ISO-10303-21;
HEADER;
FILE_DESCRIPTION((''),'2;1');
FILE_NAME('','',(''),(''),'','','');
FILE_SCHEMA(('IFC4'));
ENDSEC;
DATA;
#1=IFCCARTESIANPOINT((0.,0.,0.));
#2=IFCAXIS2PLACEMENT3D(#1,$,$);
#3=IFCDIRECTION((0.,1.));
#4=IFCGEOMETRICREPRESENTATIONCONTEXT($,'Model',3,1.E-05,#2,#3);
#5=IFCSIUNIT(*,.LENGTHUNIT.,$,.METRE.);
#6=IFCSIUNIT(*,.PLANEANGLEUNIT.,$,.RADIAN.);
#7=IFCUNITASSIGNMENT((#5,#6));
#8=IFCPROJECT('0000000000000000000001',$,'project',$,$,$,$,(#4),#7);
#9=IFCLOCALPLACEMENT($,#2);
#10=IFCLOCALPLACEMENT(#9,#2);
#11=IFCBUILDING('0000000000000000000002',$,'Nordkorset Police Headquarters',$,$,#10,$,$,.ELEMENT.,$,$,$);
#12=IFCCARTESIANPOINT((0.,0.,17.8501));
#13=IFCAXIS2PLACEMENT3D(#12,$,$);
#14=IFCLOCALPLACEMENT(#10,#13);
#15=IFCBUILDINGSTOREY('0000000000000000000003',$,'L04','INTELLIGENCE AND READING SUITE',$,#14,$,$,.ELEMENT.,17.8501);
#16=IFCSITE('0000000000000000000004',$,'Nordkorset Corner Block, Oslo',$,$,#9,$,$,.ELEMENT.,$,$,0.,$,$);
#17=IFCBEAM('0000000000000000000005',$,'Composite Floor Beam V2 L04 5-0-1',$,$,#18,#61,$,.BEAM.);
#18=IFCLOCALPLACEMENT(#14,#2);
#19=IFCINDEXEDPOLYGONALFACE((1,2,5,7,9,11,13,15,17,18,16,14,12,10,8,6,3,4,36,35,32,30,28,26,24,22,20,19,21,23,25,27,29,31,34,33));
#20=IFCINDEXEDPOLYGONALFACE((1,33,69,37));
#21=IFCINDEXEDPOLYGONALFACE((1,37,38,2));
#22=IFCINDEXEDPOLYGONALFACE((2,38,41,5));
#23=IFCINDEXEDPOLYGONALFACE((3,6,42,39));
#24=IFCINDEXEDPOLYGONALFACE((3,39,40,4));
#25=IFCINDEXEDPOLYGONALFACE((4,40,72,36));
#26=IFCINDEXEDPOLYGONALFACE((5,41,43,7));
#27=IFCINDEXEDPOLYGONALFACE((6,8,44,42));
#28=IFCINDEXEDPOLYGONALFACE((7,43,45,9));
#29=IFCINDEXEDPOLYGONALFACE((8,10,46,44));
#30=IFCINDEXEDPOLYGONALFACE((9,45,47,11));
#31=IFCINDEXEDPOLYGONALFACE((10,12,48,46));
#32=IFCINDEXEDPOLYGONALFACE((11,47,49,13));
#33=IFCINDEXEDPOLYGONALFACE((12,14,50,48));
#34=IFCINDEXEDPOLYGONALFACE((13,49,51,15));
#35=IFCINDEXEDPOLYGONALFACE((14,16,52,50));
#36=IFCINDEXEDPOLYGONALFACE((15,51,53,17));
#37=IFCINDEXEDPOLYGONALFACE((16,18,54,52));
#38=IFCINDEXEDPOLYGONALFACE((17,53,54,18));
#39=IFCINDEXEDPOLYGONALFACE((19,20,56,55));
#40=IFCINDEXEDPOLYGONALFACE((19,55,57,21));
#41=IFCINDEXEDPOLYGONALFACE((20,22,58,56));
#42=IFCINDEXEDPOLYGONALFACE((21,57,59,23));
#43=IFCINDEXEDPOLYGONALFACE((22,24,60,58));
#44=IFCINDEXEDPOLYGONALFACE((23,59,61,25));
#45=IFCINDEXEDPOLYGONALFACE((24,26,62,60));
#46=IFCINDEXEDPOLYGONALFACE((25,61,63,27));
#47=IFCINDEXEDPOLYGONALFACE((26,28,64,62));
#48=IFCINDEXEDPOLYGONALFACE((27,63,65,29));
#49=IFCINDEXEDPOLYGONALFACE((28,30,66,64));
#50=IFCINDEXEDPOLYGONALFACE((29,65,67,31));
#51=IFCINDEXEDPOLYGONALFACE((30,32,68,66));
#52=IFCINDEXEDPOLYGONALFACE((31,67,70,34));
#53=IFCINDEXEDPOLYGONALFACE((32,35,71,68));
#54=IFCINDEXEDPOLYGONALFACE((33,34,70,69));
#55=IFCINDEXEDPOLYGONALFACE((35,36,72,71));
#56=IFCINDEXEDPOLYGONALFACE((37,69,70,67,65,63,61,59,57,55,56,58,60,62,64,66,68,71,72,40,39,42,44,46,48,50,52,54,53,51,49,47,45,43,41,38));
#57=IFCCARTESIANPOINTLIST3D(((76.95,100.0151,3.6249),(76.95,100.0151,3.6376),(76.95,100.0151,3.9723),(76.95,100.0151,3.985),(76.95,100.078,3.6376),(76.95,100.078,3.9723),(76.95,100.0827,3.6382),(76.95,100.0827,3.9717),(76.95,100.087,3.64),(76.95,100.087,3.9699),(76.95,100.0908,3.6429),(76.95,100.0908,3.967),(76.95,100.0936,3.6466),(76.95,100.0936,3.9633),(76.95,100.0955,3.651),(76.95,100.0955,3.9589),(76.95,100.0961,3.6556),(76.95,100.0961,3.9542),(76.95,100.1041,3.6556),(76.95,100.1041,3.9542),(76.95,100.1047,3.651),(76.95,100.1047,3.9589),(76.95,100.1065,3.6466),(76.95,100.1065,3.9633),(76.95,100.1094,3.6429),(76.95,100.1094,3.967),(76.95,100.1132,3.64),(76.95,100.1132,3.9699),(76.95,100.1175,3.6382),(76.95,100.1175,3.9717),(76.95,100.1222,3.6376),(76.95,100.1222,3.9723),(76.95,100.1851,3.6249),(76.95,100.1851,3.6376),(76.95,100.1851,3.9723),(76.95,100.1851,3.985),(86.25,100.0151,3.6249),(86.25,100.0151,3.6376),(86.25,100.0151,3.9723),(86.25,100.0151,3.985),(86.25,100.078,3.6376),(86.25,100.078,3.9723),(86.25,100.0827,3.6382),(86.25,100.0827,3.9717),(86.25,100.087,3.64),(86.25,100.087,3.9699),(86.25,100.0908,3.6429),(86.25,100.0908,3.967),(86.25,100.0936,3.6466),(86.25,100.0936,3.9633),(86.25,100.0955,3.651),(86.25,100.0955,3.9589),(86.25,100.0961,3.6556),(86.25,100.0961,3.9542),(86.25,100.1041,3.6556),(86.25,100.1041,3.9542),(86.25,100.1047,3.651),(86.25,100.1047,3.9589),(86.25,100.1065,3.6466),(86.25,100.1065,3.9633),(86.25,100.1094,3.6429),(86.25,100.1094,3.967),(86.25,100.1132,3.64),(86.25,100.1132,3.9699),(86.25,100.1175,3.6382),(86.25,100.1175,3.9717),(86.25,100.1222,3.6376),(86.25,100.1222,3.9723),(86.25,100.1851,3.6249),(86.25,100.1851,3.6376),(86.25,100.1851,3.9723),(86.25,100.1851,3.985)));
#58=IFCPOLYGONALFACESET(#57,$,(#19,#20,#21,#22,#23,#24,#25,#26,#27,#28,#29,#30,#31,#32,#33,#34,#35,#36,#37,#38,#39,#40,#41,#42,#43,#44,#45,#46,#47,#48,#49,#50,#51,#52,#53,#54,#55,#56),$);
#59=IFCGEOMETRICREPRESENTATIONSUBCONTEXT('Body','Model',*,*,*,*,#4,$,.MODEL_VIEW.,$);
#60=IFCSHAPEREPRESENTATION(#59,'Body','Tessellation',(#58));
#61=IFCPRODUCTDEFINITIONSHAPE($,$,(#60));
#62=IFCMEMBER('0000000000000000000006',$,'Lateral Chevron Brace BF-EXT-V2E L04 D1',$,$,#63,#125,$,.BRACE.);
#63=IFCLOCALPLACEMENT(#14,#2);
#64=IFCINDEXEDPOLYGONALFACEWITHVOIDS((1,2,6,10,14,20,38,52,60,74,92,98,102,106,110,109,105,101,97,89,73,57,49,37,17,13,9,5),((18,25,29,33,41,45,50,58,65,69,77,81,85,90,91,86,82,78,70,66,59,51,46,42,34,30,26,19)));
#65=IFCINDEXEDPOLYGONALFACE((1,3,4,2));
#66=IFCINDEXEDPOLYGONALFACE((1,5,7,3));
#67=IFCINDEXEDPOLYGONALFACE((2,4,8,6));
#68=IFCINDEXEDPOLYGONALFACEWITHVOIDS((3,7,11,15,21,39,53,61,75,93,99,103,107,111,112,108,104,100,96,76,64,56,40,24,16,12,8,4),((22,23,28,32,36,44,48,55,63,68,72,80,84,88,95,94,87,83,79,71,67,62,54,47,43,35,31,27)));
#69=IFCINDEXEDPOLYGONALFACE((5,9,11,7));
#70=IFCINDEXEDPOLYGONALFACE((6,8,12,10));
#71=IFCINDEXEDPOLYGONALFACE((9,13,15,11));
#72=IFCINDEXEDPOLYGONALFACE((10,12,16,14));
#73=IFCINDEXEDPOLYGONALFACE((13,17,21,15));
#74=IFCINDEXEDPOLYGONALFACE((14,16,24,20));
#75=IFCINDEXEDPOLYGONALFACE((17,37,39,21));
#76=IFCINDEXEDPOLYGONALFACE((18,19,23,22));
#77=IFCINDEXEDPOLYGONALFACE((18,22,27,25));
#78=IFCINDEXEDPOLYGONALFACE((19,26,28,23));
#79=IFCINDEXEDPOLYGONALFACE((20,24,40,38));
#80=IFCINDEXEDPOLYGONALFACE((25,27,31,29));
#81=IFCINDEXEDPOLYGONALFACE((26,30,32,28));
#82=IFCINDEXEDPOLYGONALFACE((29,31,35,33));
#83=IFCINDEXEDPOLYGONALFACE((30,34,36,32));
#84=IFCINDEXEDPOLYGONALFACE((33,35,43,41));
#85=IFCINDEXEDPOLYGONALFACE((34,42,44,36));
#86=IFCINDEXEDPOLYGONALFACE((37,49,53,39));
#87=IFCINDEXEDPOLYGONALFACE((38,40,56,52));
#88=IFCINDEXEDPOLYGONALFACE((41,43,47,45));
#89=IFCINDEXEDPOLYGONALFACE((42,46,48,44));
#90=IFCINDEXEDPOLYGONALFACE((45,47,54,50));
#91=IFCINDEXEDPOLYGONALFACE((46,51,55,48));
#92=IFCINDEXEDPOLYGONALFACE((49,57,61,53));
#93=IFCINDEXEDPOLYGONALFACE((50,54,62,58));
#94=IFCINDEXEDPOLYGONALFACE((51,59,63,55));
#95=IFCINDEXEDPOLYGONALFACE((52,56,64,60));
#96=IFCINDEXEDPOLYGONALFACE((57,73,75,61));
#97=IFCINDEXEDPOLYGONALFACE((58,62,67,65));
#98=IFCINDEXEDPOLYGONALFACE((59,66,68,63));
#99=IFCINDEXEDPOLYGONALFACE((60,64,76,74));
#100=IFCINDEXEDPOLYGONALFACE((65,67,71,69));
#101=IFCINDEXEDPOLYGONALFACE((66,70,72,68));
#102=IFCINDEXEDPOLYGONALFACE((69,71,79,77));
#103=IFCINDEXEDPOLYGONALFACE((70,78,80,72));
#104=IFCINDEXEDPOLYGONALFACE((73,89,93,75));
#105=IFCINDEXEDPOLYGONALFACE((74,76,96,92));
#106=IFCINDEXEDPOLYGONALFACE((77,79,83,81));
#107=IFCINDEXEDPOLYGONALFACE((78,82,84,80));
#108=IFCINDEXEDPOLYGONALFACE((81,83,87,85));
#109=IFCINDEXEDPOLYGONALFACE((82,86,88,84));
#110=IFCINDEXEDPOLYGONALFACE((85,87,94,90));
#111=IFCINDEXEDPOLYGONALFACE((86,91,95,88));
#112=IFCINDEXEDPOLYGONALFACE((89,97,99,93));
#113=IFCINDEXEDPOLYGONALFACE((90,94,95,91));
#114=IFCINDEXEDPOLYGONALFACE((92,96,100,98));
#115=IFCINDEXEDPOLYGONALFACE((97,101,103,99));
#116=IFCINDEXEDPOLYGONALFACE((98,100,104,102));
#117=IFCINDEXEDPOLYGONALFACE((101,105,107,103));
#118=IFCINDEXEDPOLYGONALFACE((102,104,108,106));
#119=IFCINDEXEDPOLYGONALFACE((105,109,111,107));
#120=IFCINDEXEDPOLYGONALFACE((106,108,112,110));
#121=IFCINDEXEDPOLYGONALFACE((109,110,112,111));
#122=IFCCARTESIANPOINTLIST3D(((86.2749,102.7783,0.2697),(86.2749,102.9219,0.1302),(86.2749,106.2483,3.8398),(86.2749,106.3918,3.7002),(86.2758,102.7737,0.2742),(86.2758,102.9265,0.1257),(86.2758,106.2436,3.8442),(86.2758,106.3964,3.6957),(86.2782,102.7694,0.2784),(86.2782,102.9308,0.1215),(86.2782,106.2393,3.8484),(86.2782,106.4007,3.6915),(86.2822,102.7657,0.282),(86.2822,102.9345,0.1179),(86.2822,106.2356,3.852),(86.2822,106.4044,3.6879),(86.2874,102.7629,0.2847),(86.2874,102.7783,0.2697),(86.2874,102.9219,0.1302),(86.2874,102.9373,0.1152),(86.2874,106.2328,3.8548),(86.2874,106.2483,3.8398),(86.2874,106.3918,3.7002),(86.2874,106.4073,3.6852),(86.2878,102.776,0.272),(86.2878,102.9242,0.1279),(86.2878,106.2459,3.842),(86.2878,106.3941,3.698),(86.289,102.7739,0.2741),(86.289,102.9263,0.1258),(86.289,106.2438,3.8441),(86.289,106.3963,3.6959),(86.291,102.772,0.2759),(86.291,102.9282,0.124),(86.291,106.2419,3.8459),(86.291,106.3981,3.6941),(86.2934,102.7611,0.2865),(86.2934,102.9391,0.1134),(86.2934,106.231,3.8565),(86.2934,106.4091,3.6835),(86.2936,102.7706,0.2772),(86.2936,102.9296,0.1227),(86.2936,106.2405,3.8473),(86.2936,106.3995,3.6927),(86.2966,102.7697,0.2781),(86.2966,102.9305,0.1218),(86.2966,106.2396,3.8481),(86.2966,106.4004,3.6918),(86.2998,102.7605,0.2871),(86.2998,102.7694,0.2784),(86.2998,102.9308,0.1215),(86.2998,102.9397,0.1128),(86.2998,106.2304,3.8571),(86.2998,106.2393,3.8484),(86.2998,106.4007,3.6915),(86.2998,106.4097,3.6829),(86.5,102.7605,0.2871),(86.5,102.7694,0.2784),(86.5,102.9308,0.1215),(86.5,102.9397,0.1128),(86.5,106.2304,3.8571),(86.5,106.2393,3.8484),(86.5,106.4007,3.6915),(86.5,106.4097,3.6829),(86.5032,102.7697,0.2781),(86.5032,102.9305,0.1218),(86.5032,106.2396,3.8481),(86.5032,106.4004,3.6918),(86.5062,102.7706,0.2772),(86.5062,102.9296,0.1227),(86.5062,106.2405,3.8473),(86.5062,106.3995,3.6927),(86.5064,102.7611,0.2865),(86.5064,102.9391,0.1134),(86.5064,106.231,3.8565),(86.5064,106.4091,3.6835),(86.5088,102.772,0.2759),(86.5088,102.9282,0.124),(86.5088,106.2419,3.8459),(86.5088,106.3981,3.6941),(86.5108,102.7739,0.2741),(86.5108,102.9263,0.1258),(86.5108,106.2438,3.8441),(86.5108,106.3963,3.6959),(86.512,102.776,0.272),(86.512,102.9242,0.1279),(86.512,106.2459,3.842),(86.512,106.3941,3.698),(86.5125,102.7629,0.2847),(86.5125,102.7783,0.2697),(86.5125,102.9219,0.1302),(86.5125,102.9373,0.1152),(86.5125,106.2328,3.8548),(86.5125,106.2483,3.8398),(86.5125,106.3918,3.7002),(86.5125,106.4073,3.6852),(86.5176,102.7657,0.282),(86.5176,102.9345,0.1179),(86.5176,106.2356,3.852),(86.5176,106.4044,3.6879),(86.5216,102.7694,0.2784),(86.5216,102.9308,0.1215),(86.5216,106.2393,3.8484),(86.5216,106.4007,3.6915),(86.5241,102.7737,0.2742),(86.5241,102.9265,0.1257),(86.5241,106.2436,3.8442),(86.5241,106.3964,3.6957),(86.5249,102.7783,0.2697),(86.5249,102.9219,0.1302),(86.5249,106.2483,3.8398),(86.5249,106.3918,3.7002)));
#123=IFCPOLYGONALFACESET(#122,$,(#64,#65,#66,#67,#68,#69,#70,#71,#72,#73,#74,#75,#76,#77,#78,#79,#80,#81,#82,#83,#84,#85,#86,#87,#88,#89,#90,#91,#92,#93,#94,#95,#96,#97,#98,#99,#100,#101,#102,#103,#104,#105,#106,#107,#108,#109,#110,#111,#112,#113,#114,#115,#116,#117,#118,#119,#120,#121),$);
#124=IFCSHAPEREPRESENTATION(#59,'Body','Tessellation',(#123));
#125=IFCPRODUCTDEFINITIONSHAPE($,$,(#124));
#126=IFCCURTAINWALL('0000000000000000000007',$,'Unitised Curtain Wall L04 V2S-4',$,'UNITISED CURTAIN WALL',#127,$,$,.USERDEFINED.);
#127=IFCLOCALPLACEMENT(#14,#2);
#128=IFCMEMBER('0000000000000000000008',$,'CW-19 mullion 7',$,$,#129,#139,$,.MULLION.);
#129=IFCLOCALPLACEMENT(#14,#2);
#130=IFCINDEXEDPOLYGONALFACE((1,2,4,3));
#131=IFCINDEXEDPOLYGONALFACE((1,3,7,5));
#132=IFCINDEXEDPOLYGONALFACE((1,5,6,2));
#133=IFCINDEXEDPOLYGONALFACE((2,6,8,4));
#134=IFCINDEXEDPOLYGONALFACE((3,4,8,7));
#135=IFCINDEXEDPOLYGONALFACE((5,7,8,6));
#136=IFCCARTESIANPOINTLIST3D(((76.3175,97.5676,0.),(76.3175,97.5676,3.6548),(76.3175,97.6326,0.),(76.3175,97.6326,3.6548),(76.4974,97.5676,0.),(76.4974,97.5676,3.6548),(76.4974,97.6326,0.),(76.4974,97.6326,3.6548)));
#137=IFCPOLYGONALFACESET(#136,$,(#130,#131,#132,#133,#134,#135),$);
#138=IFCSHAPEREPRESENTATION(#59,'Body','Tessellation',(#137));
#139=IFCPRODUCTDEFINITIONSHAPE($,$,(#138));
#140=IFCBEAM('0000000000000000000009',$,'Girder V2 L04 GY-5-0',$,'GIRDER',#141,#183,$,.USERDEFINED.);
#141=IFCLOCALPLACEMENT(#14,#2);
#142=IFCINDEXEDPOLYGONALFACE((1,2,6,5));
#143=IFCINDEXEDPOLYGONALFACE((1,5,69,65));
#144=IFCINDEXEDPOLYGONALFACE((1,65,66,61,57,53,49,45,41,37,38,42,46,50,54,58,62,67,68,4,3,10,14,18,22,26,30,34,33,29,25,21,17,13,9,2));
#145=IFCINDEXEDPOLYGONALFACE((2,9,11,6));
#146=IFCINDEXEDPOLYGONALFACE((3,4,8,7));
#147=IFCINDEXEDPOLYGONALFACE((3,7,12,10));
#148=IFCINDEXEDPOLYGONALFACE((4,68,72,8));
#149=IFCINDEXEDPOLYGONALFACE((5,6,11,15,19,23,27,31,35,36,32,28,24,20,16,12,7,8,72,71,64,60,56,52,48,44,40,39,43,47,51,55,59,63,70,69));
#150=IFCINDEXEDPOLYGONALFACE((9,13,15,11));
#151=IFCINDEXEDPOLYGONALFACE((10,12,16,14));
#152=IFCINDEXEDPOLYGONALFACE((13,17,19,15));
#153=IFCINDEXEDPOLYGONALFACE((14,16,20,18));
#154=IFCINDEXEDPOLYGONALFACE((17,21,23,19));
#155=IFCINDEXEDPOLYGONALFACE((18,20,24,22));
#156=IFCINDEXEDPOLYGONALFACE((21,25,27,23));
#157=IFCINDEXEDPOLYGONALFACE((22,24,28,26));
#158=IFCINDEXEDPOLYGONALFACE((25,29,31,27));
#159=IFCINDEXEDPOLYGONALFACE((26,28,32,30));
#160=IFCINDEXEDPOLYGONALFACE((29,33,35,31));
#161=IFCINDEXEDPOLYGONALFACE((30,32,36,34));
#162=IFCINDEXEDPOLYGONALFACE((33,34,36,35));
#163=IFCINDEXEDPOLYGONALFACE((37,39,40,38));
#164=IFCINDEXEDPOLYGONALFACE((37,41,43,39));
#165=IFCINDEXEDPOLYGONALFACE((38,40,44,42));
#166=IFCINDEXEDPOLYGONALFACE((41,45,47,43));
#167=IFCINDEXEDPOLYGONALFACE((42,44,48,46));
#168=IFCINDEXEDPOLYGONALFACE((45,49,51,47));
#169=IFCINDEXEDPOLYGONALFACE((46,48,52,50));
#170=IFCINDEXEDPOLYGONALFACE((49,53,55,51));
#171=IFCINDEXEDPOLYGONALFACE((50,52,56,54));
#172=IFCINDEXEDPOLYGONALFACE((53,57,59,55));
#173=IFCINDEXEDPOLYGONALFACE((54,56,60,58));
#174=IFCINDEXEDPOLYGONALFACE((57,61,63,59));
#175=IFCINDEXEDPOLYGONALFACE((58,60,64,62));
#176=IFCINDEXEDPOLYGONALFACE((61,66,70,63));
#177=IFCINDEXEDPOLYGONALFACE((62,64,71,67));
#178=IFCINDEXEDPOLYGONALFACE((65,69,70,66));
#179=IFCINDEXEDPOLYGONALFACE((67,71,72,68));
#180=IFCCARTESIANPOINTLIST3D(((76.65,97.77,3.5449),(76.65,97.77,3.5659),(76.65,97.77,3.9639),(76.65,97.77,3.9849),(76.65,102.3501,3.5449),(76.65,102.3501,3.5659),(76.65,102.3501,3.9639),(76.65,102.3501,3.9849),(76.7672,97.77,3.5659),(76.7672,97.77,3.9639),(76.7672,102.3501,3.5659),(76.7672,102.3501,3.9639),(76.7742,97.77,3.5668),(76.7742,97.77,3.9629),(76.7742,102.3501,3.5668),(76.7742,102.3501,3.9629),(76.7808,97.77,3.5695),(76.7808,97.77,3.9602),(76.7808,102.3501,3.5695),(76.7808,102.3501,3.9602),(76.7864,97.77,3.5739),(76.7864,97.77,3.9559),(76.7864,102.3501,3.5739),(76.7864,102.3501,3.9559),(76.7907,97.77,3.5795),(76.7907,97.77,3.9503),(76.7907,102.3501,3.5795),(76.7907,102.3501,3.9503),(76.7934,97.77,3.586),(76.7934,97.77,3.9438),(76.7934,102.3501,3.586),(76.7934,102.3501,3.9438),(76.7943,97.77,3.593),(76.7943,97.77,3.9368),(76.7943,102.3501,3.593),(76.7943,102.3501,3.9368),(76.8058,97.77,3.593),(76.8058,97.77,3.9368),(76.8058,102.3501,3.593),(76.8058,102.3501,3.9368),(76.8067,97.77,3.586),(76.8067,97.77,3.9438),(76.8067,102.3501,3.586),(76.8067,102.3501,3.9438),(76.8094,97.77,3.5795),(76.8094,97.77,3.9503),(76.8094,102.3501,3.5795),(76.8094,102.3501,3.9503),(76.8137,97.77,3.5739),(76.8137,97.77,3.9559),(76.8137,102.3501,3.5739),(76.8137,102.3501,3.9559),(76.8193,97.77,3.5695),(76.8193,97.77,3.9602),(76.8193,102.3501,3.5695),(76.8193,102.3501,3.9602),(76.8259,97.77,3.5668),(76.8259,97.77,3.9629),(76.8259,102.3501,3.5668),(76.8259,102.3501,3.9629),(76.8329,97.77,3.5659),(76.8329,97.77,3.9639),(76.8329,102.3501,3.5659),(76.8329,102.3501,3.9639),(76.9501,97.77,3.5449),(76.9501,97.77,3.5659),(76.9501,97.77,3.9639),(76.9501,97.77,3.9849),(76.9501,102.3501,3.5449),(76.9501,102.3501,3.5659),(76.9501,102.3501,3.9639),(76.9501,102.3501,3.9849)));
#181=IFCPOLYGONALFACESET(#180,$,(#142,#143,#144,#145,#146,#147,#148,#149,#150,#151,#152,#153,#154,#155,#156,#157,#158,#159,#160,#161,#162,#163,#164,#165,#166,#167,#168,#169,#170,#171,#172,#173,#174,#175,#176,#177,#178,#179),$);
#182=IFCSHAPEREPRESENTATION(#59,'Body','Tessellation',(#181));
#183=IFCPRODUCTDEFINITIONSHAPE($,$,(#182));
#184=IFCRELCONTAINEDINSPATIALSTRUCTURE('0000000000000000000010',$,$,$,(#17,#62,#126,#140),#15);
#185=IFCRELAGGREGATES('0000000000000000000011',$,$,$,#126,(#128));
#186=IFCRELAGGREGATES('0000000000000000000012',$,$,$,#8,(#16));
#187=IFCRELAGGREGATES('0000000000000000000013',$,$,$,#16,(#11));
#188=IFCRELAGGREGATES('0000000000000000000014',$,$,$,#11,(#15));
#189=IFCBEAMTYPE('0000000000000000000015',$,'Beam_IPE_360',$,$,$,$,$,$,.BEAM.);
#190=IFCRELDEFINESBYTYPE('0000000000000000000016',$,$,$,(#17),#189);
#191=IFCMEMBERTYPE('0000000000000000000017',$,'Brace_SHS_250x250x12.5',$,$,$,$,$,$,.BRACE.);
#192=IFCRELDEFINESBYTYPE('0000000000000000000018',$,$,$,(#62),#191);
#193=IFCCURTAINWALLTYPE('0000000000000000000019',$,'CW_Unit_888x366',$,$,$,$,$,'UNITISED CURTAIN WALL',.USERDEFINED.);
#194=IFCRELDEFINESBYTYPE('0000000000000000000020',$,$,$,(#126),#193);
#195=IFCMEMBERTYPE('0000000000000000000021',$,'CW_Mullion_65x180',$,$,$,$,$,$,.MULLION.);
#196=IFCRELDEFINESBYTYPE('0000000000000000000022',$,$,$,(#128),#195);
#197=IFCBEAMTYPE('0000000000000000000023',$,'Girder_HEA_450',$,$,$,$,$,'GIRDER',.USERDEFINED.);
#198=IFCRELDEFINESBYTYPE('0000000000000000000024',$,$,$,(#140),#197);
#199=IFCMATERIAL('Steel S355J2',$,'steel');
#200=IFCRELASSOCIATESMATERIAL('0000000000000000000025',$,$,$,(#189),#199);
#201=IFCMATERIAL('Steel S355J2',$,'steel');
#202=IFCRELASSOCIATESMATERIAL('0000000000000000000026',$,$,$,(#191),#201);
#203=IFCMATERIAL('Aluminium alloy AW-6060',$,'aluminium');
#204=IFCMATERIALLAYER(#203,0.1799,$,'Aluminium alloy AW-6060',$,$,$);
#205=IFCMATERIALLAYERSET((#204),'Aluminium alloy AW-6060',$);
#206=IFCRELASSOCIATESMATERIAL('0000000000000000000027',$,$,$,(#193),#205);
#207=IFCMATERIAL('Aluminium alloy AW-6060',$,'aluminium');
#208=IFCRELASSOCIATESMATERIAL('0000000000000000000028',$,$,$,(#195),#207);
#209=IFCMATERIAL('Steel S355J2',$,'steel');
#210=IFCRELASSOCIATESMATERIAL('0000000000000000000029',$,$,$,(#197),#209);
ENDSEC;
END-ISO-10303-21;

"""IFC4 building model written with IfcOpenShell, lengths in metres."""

from ifc_helpers import new_model, si_unit, direction, frame, origin, origin_2d, place, context, subcontext, project, spatial, rectangle, hollow_rectangle, i_section, extrude, material, layer, layer_set, material_profile, profile_set, type_object, element, aggregate, save


model = new_model("IFC4")

# Units and contexts
model_context = context("Model", 3, precision=1e-05, world=origin(), true_north=direction((0.0, 1.0)))
body_context = subcontext(model_context, "Body", "Model", "MODEL_VIEW")
ifc_project = project(units=[si_unit("LENGTHUNIT", "METRE"), si_unit("PLANEANGLEUNIT", "RADIAN")], contexts=[model_context])

# Site, building, storey
site_placement = place(None, origin())
site = spatial("IfcSite", under=ifc_project, at=site_placement, Name="Nordkorset Corner Block, Oslo", CompositionType="ELEMENT", RefElevation=0.0)
building_placement = place(site_placement, origin())
building = spatial("IfcBuilding", under=site, at=building_placement, Name="Nordkorset Police Headquarters", CompositionType="ELEMENT")
storey_placement = place(building_placement, frame((0.0, 0.0, 17.8501)))
storey = spatial("IfcBuildingStorey", under=building, at=storey_placement, Name="L04", Description="INTELLIGENCE AND READING SUITE", CompositionType="ELEMENT", Elevation=17.8501)

# Beam
ifc_material_1 = material(Name="Steel S355J2", Category="steel")
ifc_material_profile_1 = material_profile(ifc_material_1, i_section(OverallWidth=0.1699, OverallDepth=0.3601, WebThickness=0.0081, FlangeThickness=0.0127, FilletRadius=0.0181, at=origin_2d()), Name="IPE 360")
ifc_profile_set_1 = profile_set([ifc_material_profile_1], Name="Steel S355J2")
beam_type_1 = type_object("IfcBeamType", Name="Beam_IPE_360", PredefinedType="BEAM", material=ifc_profile_set_1)
beam_1_placement = place(storey_placement, frame((76.95, 100.1001, 3.8049), z_axis=(1.0, 0.0, 0.0), x_axis=(0.0, 1.0, 0.0)))
element("IfcBeam", 1, at=beam_1_placement, inside=storey, type_object=beam_type_1, Name="Composite Floor Beam V2 L04 5-0-1", PredefinedType="BEAM", context=body_context, shape_type="SweptSolid", body=[
    extrude(i_section(OverallWidth=0.1699, OverallDepth=0.3601, WebThickness=0.0081, FlangeThickness=0.0127, FilletRadius=0.0181, at=origin_2d()), origin(), (0.0, 0.0, 1.0), 9.3),
])

# Member
ifc_material_2 = material(Name="Steel S355J2", Category="steel")
ifc_material_profile_2 = material_profile(ifc_material_2, hollow_rectangle(XDim=0.25, YDim=0.25, WallThickness=0.0125, InnerFilletRadius=0.0125, OuterFilletRadius=0.0249, at=origin_2d()), Name="SHS 250x250x12.5")
ifc_profile_set_2 = profile_set([ifc_material_profile_2], Name="Steel S355J2")
member_type_1 = type_object("IfcMemberType", Name="Brace_SHS_250x250x12.5", PredefinedType="BRACE", material=ifc_profile_set_2)
member_1_placement = place(storey_placement, frame((86.3999, 102.8501, 0.2), z_axis=(0.0, 0.696982, 0.717088), x_axis=(-1.0, 0.0, 0.0)))
element("IfcMember", 2, at=member_1_placement, inside=storey, type_object=member_type_1, Name="Lateral Chevron Brace BF-EXT-V2E L04 D1", PredefinedType="BRACE", context=body_context, shape_type="SweptSolid", body=[
    extrude(hollow_rectangle(XDim=0.25, YDim=0.25, WallThickness=0.0125, InnerFilletRadius=0.0125, OuterFilletRadius=0.0249, at=origin_2d()), origin(), (0.0, 0.0, 1.0), 4.9785),
])

# Curtain wall, member
ifc_material_3 = material(Name="Aluminium alloy AW-6060", Category="aluminium")
ifc_layer_1 = layer(ifc_material_3, 0.1799, Name="Aluminium alloy AW-6060")
ifc_layer_set_1 = layer_set([ifc_layer_1], Name="Aluminium alloy AW-6060")
curtain_wall_type = type_object("IfcCurtainWallType", Name="CW_Unit_888x366", ElementType="UNITISED CURTAIN WALL", PredefinedType="USERDEFINED", material=ifc_layer_set_1)
curtain_wall_placement = place(storey_placement, origin())
curtain_wall = element("IfcCurtainWall", 3, at=curtain_wall_placement, inside=storey, type_object=curtain_wall_type, Name="Unitised Curtain Wall L04 V2S-4", ObjectType="UNITISED CURTAIN WALL", PredefinedType="USERDEFINED")
ifc_material_4 = material(Name="Aluminium alloy AW-6060", Category="aluminium")
ifc_material_profile_3 = material_profile(ifc_material_4, rectangle(XDim=0.0649, YDim=0.1799, at=origin_2d()), Name="ALU MULL 65x180")
ifc_profile_set_3 = profile_set([ifc_material_profile_3], Name="Aluminium alloy AW-6060")
member_type_2 = type_object("IfcMemberType", Name="CW_Mullion_65x180", PredefinedType="MULLION", material=ifc_profile_set_3)
member_2_placement = place(storey_placement, frame((76.4075, 97.6001, 0.0), z_axis=(0.0, 0.0, 1.0), x_axis=(0.0, 1.0, 0.0)))
member_2 = element("IfcMember", 4, at=member_2_placement, type_object=member_type_2, Name="CW-19 mullion 7", PredefinedType="MULLION", context=body_context, shape_type="SweptSolid", body=[
    extrude(rectangle(XDim=0.0649, YDim=0.1799, at=origin_2d()), origin(), (0.0, 0.0, 1.0), 3.6548),
])

# Beam
ifc_material_5 = material(Name="Steel S355J2", Category="steel")
ifc_material_profile_4 = material_profile(ifc_material_5, i_section(OverallWidth=0.3, OverallDepth=0.4399, WebThickness=0.0115, FlangeThickness=0.021, FilletRadius=0.0271, at=origin_2d()), Name="HEA 450")
ifc_profile_set_4 = profile_set([ifc_material_profile_4], Name="Steel S355J2")
beam_type_2 = type_object("IfcBeamType", Name="Girder_HEA_450", ElementType="GIRDER", PredefinedType="USERDEFINED", material=ifc_profile_set_4)
beam_2_placement = place(storey_placement, frame((76.8, 97.77, 3.7649), z_axis=(0.0, 1.0, 0.0), x_axis=(-1.0, 0.0, 0.0)))
element("IfcBeam", 5, at=beam_2_placement, inside=storey, type_object=beam_type_2, Name="Girder V2 L04 GY-5-0", ObjectType="GIRDER", PredefinedType="USERDEFINED", context=body_context, shape_type="SweptSolid", body=[
    extrude(i_section(OverallWidth=0.3, OverallDepth=0.4399, WebThickness=0.0115, FlangeThickness=0.021, FilletRadius=0.0271, at=origin_2d()), origin(), (0.0, 0.0, 1.0), 4.5801),
])

aggregate(curtain_wall, [member_2])

save(model, "model.ifc")
